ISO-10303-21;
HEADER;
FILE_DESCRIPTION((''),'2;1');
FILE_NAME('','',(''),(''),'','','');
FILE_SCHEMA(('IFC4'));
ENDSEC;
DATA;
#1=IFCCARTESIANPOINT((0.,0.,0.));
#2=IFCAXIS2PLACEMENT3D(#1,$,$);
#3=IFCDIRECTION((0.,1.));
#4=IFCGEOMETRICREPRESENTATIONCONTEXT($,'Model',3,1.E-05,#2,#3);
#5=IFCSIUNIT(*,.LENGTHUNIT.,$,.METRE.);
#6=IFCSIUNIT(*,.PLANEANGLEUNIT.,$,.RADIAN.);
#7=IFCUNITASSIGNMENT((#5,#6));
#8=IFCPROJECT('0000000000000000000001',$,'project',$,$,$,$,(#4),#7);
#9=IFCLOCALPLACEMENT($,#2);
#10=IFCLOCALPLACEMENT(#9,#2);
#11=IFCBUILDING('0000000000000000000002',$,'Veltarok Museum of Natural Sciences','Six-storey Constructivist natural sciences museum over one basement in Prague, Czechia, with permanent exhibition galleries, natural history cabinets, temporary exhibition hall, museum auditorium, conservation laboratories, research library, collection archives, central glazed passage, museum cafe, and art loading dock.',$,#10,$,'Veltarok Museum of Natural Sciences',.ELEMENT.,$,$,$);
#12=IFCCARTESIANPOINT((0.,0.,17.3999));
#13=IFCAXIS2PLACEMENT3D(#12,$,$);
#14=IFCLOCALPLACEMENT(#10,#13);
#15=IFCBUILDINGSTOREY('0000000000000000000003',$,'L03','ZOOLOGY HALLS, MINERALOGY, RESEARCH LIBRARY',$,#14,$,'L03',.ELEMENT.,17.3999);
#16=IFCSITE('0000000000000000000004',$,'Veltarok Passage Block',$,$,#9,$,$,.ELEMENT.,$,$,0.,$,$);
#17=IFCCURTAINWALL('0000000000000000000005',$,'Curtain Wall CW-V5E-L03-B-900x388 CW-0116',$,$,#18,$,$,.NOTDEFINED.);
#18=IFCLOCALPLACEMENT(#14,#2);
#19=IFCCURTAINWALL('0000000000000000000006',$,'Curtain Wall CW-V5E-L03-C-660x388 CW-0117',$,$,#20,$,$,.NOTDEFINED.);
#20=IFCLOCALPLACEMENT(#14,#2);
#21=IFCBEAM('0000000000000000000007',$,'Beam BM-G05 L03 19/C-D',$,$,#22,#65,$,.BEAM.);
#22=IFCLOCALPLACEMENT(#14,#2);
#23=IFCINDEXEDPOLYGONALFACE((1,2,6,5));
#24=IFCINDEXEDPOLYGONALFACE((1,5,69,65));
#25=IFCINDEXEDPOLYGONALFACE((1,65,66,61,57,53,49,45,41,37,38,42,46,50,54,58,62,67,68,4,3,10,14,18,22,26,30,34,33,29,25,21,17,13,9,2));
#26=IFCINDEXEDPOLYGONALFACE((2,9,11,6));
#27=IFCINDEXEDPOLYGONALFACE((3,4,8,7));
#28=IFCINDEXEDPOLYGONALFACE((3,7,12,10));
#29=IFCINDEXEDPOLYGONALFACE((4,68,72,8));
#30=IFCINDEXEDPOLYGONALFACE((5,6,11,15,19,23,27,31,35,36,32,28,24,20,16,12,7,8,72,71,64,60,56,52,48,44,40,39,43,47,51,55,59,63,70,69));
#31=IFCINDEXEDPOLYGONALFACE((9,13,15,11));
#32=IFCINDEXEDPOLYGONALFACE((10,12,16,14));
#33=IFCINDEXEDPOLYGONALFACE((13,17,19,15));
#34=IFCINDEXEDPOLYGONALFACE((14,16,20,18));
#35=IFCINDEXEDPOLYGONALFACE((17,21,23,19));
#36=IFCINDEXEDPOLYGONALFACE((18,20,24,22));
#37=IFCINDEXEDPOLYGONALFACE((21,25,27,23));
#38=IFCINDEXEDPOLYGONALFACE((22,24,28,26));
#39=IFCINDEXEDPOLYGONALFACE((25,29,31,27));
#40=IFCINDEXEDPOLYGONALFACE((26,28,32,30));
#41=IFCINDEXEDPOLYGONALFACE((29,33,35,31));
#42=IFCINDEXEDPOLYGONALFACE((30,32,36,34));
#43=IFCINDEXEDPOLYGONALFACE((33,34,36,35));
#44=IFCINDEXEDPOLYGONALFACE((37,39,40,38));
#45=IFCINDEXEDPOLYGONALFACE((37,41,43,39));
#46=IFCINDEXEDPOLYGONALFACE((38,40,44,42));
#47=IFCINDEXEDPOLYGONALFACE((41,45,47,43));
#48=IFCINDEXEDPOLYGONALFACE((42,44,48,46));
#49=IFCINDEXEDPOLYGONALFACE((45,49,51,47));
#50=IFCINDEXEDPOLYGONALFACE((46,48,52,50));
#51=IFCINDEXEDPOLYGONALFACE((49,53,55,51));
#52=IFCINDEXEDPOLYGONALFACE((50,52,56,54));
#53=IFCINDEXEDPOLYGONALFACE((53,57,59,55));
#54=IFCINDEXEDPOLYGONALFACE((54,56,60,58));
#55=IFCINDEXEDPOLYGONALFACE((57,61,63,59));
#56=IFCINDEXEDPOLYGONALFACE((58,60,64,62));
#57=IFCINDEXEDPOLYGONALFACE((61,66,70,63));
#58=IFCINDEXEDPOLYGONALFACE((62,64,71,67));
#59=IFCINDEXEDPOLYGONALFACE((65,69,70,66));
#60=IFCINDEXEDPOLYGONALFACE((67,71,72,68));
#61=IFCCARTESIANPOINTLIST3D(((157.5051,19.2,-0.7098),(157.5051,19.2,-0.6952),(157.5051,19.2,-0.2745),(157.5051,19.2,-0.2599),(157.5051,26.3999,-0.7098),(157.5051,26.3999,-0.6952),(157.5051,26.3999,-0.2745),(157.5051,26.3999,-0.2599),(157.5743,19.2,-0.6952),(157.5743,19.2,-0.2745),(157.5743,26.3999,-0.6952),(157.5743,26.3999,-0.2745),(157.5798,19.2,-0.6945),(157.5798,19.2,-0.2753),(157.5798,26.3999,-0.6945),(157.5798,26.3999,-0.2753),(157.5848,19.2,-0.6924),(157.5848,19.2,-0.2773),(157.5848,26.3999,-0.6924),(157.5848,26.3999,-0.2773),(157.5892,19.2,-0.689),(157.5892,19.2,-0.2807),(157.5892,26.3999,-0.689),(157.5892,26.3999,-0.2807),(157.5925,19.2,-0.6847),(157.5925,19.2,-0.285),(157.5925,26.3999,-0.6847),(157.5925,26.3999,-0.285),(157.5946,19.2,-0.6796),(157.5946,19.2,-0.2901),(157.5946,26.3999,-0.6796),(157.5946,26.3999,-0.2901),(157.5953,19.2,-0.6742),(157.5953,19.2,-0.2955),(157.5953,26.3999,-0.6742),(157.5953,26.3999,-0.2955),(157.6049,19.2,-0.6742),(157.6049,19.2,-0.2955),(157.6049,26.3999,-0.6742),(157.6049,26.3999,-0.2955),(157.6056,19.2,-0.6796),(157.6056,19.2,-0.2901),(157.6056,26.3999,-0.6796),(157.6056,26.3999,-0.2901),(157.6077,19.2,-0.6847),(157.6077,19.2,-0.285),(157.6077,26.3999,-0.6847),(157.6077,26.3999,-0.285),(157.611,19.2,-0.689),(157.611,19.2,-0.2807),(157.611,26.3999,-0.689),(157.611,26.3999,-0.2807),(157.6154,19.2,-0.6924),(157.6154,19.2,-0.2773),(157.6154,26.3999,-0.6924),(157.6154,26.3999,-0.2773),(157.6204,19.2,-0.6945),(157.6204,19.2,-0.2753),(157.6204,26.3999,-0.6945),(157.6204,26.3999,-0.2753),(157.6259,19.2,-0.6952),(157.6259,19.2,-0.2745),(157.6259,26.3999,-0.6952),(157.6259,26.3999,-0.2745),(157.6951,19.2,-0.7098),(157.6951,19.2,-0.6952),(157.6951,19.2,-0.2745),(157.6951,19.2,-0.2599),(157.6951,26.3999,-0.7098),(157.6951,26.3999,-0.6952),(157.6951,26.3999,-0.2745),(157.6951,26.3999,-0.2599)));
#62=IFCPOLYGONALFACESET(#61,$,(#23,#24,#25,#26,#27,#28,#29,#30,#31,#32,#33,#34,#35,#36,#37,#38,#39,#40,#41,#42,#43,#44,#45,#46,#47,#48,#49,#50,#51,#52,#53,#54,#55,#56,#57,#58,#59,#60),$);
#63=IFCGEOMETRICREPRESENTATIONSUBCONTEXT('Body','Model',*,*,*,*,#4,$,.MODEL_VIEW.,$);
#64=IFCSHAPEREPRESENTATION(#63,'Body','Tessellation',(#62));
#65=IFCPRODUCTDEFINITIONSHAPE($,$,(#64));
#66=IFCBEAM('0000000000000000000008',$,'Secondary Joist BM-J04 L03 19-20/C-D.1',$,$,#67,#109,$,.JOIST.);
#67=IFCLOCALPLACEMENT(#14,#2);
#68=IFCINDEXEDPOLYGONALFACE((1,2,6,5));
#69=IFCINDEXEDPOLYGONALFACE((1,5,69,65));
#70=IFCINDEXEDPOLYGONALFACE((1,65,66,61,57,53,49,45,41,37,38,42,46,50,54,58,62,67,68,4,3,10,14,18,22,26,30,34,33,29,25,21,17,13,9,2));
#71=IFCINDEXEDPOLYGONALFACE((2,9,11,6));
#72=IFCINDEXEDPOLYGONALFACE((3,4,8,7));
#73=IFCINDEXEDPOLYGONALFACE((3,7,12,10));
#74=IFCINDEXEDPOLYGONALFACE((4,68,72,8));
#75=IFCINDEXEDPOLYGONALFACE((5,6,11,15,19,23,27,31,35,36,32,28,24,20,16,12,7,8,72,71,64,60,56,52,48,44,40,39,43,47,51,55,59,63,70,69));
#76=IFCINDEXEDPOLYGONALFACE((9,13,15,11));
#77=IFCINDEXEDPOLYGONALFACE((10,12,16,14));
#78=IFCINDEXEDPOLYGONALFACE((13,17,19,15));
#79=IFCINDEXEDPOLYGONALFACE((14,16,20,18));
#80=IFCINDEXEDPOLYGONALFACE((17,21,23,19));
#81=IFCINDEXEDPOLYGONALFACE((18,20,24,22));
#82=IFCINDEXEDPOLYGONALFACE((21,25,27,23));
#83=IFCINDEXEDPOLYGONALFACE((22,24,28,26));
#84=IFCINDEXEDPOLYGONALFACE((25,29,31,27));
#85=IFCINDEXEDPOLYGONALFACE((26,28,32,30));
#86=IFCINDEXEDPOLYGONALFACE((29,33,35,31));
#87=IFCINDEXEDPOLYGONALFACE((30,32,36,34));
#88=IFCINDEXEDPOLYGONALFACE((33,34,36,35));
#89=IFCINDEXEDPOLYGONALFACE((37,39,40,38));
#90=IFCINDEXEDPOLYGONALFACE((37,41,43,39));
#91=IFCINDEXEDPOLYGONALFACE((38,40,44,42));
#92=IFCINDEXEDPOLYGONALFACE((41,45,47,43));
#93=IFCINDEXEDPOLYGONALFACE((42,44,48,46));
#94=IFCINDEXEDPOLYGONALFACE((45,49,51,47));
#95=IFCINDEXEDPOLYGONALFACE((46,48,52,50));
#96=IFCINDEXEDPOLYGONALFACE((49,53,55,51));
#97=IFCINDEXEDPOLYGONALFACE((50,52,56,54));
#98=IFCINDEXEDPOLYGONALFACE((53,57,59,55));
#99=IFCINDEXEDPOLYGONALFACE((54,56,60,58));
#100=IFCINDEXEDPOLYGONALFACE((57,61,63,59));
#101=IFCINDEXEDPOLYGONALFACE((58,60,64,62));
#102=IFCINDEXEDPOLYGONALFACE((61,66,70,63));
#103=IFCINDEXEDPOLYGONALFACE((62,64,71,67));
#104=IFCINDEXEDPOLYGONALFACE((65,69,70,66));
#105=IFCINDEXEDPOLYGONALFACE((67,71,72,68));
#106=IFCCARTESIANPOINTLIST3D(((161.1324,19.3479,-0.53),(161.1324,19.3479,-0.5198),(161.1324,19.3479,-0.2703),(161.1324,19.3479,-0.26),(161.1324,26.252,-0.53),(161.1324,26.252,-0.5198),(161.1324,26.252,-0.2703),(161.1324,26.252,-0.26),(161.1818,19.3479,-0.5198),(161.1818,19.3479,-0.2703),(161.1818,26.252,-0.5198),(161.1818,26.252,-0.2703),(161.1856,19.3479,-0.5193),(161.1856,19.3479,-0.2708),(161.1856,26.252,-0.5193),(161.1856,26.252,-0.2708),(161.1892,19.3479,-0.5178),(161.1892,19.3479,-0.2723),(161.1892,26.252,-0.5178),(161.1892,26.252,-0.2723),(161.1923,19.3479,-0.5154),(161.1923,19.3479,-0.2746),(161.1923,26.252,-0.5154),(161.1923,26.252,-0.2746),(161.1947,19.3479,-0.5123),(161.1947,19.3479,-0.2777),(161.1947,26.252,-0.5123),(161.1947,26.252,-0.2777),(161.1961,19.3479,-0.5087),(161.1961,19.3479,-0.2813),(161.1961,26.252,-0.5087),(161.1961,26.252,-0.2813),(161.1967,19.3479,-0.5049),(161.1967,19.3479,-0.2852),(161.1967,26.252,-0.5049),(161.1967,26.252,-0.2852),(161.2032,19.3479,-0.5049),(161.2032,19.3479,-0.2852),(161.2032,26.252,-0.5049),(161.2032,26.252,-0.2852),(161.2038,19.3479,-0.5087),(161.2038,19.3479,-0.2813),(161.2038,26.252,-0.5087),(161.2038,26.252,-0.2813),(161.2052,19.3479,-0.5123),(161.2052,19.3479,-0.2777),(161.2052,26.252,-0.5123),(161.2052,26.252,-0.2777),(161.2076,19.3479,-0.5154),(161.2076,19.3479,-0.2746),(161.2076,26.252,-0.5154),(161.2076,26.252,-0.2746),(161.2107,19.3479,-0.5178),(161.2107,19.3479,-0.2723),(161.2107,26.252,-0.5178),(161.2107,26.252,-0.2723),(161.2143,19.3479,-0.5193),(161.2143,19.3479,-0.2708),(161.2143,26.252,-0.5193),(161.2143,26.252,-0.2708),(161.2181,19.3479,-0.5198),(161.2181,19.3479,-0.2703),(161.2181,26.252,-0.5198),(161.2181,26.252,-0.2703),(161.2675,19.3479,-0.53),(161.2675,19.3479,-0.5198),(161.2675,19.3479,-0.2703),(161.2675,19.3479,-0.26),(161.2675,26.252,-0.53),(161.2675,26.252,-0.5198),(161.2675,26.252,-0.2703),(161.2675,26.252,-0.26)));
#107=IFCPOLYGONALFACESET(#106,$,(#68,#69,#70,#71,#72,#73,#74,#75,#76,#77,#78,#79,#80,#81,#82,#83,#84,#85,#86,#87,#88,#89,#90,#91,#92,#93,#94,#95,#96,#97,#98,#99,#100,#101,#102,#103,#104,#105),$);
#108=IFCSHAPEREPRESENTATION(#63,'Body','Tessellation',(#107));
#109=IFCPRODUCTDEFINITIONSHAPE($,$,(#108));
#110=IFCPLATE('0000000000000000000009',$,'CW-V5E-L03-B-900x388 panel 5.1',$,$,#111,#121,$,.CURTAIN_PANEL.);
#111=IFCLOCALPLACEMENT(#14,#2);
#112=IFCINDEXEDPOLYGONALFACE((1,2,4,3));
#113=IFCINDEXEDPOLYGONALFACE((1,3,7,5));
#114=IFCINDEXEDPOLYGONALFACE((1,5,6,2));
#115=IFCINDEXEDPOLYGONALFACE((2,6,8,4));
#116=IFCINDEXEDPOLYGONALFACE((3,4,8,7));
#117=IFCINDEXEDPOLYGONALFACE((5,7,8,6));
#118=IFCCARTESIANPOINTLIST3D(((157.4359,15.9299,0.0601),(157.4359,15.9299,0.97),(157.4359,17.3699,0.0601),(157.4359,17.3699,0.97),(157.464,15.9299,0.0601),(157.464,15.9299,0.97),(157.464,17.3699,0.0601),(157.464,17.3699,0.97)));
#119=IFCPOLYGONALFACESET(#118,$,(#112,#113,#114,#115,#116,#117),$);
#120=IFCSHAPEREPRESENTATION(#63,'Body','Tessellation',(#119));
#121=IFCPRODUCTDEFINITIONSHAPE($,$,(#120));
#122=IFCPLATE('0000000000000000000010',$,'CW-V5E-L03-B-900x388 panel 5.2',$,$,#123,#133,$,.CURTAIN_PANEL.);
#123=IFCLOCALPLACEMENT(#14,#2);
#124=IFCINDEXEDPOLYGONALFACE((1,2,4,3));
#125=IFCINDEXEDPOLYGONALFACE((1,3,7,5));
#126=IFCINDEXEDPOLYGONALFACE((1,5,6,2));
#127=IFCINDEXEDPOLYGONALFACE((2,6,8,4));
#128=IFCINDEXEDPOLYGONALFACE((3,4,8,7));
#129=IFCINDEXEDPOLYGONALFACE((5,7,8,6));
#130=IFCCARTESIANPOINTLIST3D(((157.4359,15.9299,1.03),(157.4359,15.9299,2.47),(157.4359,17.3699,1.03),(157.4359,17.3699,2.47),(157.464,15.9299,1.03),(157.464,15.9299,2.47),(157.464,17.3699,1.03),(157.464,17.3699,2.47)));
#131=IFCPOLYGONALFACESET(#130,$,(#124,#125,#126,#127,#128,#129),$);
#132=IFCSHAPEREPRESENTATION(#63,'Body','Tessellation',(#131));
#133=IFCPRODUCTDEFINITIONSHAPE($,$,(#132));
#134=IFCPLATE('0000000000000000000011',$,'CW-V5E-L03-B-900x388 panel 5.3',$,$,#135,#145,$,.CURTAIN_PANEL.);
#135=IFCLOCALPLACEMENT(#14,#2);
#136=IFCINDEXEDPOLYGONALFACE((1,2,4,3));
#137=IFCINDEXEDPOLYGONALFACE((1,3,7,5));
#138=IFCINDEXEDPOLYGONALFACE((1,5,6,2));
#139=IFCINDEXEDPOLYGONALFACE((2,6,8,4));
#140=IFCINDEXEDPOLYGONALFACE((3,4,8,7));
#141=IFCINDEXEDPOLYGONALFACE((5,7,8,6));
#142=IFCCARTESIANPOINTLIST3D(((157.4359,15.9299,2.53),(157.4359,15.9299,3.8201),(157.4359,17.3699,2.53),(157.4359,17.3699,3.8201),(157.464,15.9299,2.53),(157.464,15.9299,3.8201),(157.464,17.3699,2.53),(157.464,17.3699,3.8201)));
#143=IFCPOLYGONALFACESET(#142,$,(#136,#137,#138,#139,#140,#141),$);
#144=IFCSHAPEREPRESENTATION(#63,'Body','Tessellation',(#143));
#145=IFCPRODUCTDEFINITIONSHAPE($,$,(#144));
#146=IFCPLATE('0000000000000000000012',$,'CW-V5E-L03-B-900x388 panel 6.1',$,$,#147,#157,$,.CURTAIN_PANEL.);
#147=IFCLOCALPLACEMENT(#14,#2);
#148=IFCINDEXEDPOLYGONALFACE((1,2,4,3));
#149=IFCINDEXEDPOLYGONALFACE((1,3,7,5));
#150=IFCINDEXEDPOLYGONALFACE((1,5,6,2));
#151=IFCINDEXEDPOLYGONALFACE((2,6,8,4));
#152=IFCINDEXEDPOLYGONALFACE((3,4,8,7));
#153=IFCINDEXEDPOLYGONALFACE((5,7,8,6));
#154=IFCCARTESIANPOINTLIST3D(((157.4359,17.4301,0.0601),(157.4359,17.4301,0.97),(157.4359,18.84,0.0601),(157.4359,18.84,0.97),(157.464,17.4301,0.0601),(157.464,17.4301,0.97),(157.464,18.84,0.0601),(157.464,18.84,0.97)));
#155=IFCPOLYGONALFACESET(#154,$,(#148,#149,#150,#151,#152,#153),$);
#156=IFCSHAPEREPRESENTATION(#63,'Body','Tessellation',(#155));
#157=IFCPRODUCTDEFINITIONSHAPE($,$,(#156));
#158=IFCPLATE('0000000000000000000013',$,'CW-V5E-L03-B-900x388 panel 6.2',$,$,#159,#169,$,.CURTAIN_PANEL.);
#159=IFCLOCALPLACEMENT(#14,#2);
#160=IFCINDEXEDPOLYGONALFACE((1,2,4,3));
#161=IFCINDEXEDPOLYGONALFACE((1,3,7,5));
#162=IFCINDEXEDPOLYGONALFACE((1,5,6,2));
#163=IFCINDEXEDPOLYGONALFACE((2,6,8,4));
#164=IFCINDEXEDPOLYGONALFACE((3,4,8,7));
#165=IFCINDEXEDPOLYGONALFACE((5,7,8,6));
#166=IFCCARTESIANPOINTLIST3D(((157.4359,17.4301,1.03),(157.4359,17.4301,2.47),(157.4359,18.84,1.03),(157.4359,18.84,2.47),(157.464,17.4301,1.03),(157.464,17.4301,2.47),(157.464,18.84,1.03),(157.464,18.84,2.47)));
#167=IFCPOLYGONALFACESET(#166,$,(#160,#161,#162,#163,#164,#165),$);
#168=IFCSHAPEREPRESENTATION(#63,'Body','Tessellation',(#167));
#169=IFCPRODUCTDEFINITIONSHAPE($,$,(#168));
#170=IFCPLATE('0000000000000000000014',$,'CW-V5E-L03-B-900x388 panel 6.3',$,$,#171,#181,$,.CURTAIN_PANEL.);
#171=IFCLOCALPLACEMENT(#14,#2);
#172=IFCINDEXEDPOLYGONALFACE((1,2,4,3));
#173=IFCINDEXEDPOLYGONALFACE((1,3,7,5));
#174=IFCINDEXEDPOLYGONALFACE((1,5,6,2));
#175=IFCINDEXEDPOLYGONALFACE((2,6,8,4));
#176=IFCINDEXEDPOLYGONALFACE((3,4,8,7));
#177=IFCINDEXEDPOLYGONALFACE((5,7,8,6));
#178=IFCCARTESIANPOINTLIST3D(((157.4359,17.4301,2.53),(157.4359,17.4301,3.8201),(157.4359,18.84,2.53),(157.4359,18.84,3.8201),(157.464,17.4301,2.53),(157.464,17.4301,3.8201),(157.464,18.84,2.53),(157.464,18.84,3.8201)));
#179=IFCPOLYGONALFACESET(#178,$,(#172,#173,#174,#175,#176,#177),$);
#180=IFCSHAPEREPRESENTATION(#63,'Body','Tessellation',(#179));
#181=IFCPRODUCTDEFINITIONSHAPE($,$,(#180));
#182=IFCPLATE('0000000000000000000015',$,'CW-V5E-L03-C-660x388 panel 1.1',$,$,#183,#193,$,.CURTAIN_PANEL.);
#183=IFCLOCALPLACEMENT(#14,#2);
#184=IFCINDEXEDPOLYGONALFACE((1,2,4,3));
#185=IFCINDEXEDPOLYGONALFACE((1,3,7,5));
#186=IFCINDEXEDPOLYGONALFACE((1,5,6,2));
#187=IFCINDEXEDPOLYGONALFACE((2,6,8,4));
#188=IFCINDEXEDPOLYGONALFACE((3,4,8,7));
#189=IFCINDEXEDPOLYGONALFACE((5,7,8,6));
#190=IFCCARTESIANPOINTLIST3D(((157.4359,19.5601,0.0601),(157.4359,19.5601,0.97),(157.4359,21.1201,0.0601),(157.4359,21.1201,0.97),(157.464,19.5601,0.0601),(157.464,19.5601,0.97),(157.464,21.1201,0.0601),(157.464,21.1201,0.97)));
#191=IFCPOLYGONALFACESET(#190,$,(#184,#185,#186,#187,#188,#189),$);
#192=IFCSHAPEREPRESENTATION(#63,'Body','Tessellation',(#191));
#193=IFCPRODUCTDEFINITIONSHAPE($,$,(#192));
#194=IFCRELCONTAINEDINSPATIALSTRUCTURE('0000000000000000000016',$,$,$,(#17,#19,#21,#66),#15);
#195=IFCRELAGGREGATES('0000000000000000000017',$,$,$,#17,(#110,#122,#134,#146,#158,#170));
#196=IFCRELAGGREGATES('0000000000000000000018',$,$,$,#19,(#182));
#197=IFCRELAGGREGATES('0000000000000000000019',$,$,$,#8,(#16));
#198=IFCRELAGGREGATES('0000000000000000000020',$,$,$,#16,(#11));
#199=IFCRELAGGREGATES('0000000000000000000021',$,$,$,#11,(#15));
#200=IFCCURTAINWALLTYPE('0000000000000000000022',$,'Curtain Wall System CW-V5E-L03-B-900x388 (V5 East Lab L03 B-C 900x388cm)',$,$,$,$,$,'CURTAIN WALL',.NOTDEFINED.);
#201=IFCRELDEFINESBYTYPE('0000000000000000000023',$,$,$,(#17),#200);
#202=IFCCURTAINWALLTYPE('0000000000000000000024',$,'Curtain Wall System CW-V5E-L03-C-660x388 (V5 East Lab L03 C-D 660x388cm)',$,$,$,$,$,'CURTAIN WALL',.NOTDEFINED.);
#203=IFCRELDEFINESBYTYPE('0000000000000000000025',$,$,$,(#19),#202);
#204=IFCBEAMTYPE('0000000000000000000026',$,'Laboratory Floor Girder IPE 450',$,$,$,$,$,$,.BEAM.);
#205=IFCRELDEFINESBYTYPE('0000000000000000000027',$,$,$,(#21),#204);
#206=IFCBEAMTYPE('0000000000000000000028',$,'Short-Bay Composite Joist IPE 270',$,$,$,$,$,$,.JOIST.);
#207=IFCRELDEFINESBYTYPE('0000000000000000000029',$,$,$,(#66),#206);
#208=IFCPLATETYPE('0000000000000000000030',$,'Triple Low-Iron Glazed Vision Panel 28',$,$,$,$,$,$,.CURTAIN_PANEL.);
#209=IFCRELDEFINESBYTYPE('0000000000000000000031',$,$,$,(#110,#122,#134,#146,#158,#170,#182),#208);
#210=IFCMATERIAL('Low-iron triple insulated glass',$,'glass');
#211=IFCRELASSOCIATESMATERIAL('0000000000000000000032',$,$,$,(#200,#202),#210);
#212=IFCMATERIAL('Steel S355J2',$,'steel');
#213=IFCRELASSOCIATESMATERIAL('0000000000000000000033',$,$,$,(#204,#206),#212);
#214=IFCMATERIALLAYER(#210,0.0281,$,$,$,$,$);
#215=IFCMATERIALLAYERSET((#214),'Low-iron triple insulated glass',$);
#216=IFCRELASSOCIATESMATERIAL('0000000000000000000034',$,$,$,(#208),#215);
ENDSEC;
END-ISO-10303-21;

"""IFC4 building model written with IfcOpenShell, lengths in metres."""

from ifc_helpers import new_model, si_unit, direction, frame, origin, origin_2d, place, context, subcontext, project, spatial, rectangle, i_section, extrude, material, layer, layer_set, material_profile, profile_set, type_object, element, aggregate, save


model = new_model("IFC4")

# Units and contexts
model_context = context("Model", 3, precision=1e-05, world=origin(), true_north=direction((0.0, 1.0)))
body_context = subcontext(model_context, "Body", "Model", "MODEL_VIEW")
ifc_project = project(units=[si_unit("LENGTHUNIT", "METRE"), si_unit("PLANEANGLEUNIT", "RADIAN")], contexts=[model_context])

# Site, building, storey
site_placement = place(None, origin())
site = spatial("IfcSite", under=ifc_project, at=site_placement, Name="Veltarok Passage Block", CompositionType="ELEMENT", RefElevation=0.0)
building_placement = place(site_placement, origin())
building = spatial("IfcBuilding", under=site, at=building_placement, Name="Veltarok Museum of Natural Sciences", Description="Six-storey Constructivist natural sciences museum over one basement in Prague, Czechia, with permanent exhibition galleries, natural history cabinets, temporary exhibition hall, museum auditorium, conservation laboratories, research library, collection archives, central glazed passage, museum cafe, and art loading dock.", LongName="Veltarok Museum of Natural Sciences", CompositionType="ELEMENT")
storey_placement = place(building_placement, frame((0.0, 0.0, 17.3999)))
storey = spatial("IfcBuildingStorey", under=building, at=storey_placement, Name="L03", Description="ZOOLOGY HALLS, MINERALOGY, RESEARCH LIBRARY", LongName="L03", CompositionType="ELEMENT", Elevation=17.3999)

# Shared definitions
ifc_material_1 = material(Name="Steel S355J2", Category="steel")

# Curtain walls
ifc_material_2 = material(Name="Low-iron triple insulated glass", Category="glass")
curtain_wall_type_1 = type_object("IfcCurtainWallType", Name="Curtain Wall System CW-V5E-L03-B-900x388 (V5 East Lab L03 B-C 900x388cm)", ElementType="CURTAIN WALL", PredefinedType="NOTDEFINED", material=ifc_material_2)
curtain_wall_1_placement = place(storey_placement, origin())
curtain_wall_1 = element("IfcCurtainWall", 1, at=curtain_wall_1_placement, inside=storey, type_object=curtain_wall_type_1, Name="Curtain Wall CW-V5E-L03-B-900x388 CW-0116", PredefinedType="NOTDEFINED")
curtain_wall_type_2 = type_object("IfcCurtainWallType", Name="Curtain Wall System CW-V5E-L03-C-660x388 (V5 East Lab L03 C-D 660x388cm)", ElementType="CURTAIN WALL", PredefinedType="NOTDEFINED", material=ifc_material_2)
curtain_wall_2_placement = place(storey_placement, origin())
curtain_wall_2 = element("IfcCurtainWall", 2, at=curtain_wall_2_placement, inside=storey, type_object=curtain_wall_type_2, Name="Curtain Wall CW-V5E-L03-C-660x388 CW-0117", PredefinedType="NOTDEFINED")

# Beams
ifc_material_profile_1 = material_profile(ifc_material_1, i_section(OverallWidth=0.1899, OverallDepth=0.45, WebThickness=0.0095, FlangeThickness=0.0146, FilletRadius=0.021, at=origin_2d()), Name="IPE 450")
ifc_profile_set_1 = profile_set([ifc_material_profile_1], Name="Steel S355J2")
beam_type_1 = type_object("IfcBeamType", Name="Laboratory Floor Girder IPE 450", PredefinedType="BEAM", material=ifc_profile_set_1)
beam_1_placement = place(storey_placement, frame((157.6001, 19.2, -0.4849), z_axis=(0.0, 1.0, 0.0), x_axis=(-1.0, 0.0, 0.0)))
element("IfcBeam", 3, at=beam_1_placement, inside=storey, type_object=beam_type_1, Name="Beam BM-G05 L03 19/C-D", PredefinedType="BEAM", context=body_context, shape_type="SweptSolid", body=[
    extrude(i_section(OverallWidth=0.1899, OverallDepth=0.45, WebThickness=0.0095, FlangeThickness=0.0146, FilletRadius=0.021, at=origin_2d()), origin(), (0.0, 0.0, 1.0), 7.2),
])
ifc_material_profile_2 = material_profile(ifc_material_1, i_section(OverallWidth=0.135, OverallDepth=0.27, WebThickness=0.0066, FlangeThickness=0.0103, FilletRadius=0.0149, at=origin_2d()), Name="IPE 270")
ifc_profile_set_2 = profile_set([ifc_material_profile_2], Name="Steel S355J2")
beam_type_2 = type_object("IfcBeamType", Name="Short-Bay Composite Joist IPE 270", PredefinedType="JOIST", material=ifc_profile_set_2)
beam_2_placement = place(storey_placement, frame((161.2, 19.3479, -0.395), z_axis=(0.0, 1.0, 0.0), x_axis=(-1.0, 0.0, 0.0)))
element("IfcBeam", 4, at=beam_2_placement, inside=storey, type_object=beam_type_2, Name="Secondary Joist BM-J04 L03 19-20/C-D.1", PredefinedType="JOIST", context=body_context, shape_type="SweptSolid", body=[
    extrude(i_section(OverallWidth=0.135, OverallDepth=0.27, WebThickness=0.0066, FlangeThickness=0.0103, FilletRadius=0.0149, at=origin_2d()), origin(), (0.0, 0.0, 1.0), 6.9041),
])

# Plates
ifc_layer = layer(ifc_material_2, 0.0281)
ifc_layer_set = layer_set([ifc_layer], Name="Low-iron triple insulated glass")
plate_type = type_object("IfcPlateType", Name="Triple Low-Iron Glazed Vision Panel 28", PredefinedType="CURTAIN_PANEL", material=ifc_layer_set)
plate_1_placement = place(storey_placement, frame((157.45, 16.6499, 0.0601), z_axis=(0.0, 0.0, 1.0), x_axis=(0.0, 1.0, 0.0)))
plate_1 = element("IfcPlate", 5, at=plate_1_placement, type_object=plate_type, Name="CW-V5E-L03-B-900x388 panel 5.1", PredefinedType="CURTAIN_PANEL", context=body_context, shape_type="SweptSolid", body=[
    extrude(rectangle(XDim=1.4399, YDim=0.0281, at=origin_2d()), origin(), (0.0, 0.0, 1.0), 0.9099),
])
plate_2_placement = place(storey_placement, frame((157.45, 16.6499, 1.03), z_axis=(0.0, 0.0, 1.0), x_axis=(0.0, 1.0, 0.0)))
plate_2 = element("IfcPlate", 6, at=plate_2_placement, type_object=plate_type, Name="CW-V5E-L03-B-900x388 panel 5.2", PredefinedType="CURTAIN_PANEL", context=body_context, shape_type="SweptSolid", body=[
    extrude(rectangle(XDim=1.4399, YDim=0.0281, at=origin_2d()), origin(), (0.0, 0.0, 1.0), 1.4399),
])
plate_3_placement = place(storey_placement, frame((157.45, 16.6499, 2.53), z_axis=(0.0, 0.0, 1.0), x_axis=(0.0, 1.0, 0.0)))
plate_3 = element("IfcPlate", 7, at=plate_3_placement, type_object=plate_type, Name="CW-V5E-L03-B-900x388 panel 5.3", PredefinedType="CURTAIN_PANEL", context=body_context, shape_type="SweptSolid", body=[
    extrude(rectangle(XDim=1.4399, YDim=0.0281, at=origin_2d()), origin(), (0.0, 0.0, 1.0), 1.29),
])
plate_4_placement = place(storey_placement, frame((157.45, 18.135, 0.0601), z_axis=(0.0, 0.0, 1.0), x_axis=(0.0, 1.0, 0.0)))
plate_4 = element("IfcPlate", 8, at=plate_4_placement, type_object=plate_type, Name="CW-V5E-L03-B-900x388 panel 6.1", PredefinedType="CURTAIN_PANEL", context=body_context, shape_type="SweptSolid", body=[
    extrude(rectangle(XDim=1.4099, YDim=0.0281, at=origin_2d()), origin(), (0.0, 0.0, 1.0), 0.9099),
])
plate_5_placement = place(storey_placement, frame((157.45, 18.135, 1.03), z_axis=(0.0, 0.0, 1.0), x_axis=(0.0, 1.0, 0.0)))
plate_5 = element("IfcPlate", 9, at=plate_5_placement, type_object=plate_type, Name="CW-V5E-L03-B-900x388 panel 6.2", PredefinedType="CURTAIN_PANEL", context=body_context, shape_type="SweptSolid", body=[
    extrude(rectangle(XDim=1.4099, YDim=0.0281, at=origin_2d()), origin(), (0.0, 0.0, 1.0), 1.4399),
])
plate_6_placement = place(storey_placement, frame((157.45, 18.135, 2.53), z_axis=(0.0, 0.0, 1.0), x_axis=(0.0, 1.0, 0.0)))
plate_6 = element("IfcPlate", 10, at=plate_6_placement, type_object=plate_type, Name="CW-V5E-L03-B-900x388 panel 6.3", PredefinedType="CURTAIN_PANEL", context=body_context, shape_type="SweptSolid", body=[
    extrude(rectangle(XDim=1.4099, YDim=0.0281, at=origin_2d()), origin(), (0.0, 0.0, 1.0), 1.29),
])
aggregate(curtain_wall_1, [plate_1, plate_2, plate_3, plate_4, plate_5, plate_6])
plate_7_placement = place(storey_placement, frame((157.45, 20.3401, 0.0601), z_axis=(0.0, 0.0, 1.0), x_axis=(0.0, 1.0, 0.0)))
plate_7 = element("IfcPlate", 11, at=plate_7_placement, type_object=plate_type, Name="CW-V5E-L03-C-660x388 panel 1.1", PredefinedType="CURTAIN_PANEL", context=body_context, shape_type="SweptSolid", body=[
    extrude(rectangle(XDim=1.5601, YDim=0.0281, at=origin_2d()), origin(), (0.0, 0.0, 1.0), 0.9099),
])
aggregate(curtain_wall_2, [plate_7])

save(model, "model.ifc")
